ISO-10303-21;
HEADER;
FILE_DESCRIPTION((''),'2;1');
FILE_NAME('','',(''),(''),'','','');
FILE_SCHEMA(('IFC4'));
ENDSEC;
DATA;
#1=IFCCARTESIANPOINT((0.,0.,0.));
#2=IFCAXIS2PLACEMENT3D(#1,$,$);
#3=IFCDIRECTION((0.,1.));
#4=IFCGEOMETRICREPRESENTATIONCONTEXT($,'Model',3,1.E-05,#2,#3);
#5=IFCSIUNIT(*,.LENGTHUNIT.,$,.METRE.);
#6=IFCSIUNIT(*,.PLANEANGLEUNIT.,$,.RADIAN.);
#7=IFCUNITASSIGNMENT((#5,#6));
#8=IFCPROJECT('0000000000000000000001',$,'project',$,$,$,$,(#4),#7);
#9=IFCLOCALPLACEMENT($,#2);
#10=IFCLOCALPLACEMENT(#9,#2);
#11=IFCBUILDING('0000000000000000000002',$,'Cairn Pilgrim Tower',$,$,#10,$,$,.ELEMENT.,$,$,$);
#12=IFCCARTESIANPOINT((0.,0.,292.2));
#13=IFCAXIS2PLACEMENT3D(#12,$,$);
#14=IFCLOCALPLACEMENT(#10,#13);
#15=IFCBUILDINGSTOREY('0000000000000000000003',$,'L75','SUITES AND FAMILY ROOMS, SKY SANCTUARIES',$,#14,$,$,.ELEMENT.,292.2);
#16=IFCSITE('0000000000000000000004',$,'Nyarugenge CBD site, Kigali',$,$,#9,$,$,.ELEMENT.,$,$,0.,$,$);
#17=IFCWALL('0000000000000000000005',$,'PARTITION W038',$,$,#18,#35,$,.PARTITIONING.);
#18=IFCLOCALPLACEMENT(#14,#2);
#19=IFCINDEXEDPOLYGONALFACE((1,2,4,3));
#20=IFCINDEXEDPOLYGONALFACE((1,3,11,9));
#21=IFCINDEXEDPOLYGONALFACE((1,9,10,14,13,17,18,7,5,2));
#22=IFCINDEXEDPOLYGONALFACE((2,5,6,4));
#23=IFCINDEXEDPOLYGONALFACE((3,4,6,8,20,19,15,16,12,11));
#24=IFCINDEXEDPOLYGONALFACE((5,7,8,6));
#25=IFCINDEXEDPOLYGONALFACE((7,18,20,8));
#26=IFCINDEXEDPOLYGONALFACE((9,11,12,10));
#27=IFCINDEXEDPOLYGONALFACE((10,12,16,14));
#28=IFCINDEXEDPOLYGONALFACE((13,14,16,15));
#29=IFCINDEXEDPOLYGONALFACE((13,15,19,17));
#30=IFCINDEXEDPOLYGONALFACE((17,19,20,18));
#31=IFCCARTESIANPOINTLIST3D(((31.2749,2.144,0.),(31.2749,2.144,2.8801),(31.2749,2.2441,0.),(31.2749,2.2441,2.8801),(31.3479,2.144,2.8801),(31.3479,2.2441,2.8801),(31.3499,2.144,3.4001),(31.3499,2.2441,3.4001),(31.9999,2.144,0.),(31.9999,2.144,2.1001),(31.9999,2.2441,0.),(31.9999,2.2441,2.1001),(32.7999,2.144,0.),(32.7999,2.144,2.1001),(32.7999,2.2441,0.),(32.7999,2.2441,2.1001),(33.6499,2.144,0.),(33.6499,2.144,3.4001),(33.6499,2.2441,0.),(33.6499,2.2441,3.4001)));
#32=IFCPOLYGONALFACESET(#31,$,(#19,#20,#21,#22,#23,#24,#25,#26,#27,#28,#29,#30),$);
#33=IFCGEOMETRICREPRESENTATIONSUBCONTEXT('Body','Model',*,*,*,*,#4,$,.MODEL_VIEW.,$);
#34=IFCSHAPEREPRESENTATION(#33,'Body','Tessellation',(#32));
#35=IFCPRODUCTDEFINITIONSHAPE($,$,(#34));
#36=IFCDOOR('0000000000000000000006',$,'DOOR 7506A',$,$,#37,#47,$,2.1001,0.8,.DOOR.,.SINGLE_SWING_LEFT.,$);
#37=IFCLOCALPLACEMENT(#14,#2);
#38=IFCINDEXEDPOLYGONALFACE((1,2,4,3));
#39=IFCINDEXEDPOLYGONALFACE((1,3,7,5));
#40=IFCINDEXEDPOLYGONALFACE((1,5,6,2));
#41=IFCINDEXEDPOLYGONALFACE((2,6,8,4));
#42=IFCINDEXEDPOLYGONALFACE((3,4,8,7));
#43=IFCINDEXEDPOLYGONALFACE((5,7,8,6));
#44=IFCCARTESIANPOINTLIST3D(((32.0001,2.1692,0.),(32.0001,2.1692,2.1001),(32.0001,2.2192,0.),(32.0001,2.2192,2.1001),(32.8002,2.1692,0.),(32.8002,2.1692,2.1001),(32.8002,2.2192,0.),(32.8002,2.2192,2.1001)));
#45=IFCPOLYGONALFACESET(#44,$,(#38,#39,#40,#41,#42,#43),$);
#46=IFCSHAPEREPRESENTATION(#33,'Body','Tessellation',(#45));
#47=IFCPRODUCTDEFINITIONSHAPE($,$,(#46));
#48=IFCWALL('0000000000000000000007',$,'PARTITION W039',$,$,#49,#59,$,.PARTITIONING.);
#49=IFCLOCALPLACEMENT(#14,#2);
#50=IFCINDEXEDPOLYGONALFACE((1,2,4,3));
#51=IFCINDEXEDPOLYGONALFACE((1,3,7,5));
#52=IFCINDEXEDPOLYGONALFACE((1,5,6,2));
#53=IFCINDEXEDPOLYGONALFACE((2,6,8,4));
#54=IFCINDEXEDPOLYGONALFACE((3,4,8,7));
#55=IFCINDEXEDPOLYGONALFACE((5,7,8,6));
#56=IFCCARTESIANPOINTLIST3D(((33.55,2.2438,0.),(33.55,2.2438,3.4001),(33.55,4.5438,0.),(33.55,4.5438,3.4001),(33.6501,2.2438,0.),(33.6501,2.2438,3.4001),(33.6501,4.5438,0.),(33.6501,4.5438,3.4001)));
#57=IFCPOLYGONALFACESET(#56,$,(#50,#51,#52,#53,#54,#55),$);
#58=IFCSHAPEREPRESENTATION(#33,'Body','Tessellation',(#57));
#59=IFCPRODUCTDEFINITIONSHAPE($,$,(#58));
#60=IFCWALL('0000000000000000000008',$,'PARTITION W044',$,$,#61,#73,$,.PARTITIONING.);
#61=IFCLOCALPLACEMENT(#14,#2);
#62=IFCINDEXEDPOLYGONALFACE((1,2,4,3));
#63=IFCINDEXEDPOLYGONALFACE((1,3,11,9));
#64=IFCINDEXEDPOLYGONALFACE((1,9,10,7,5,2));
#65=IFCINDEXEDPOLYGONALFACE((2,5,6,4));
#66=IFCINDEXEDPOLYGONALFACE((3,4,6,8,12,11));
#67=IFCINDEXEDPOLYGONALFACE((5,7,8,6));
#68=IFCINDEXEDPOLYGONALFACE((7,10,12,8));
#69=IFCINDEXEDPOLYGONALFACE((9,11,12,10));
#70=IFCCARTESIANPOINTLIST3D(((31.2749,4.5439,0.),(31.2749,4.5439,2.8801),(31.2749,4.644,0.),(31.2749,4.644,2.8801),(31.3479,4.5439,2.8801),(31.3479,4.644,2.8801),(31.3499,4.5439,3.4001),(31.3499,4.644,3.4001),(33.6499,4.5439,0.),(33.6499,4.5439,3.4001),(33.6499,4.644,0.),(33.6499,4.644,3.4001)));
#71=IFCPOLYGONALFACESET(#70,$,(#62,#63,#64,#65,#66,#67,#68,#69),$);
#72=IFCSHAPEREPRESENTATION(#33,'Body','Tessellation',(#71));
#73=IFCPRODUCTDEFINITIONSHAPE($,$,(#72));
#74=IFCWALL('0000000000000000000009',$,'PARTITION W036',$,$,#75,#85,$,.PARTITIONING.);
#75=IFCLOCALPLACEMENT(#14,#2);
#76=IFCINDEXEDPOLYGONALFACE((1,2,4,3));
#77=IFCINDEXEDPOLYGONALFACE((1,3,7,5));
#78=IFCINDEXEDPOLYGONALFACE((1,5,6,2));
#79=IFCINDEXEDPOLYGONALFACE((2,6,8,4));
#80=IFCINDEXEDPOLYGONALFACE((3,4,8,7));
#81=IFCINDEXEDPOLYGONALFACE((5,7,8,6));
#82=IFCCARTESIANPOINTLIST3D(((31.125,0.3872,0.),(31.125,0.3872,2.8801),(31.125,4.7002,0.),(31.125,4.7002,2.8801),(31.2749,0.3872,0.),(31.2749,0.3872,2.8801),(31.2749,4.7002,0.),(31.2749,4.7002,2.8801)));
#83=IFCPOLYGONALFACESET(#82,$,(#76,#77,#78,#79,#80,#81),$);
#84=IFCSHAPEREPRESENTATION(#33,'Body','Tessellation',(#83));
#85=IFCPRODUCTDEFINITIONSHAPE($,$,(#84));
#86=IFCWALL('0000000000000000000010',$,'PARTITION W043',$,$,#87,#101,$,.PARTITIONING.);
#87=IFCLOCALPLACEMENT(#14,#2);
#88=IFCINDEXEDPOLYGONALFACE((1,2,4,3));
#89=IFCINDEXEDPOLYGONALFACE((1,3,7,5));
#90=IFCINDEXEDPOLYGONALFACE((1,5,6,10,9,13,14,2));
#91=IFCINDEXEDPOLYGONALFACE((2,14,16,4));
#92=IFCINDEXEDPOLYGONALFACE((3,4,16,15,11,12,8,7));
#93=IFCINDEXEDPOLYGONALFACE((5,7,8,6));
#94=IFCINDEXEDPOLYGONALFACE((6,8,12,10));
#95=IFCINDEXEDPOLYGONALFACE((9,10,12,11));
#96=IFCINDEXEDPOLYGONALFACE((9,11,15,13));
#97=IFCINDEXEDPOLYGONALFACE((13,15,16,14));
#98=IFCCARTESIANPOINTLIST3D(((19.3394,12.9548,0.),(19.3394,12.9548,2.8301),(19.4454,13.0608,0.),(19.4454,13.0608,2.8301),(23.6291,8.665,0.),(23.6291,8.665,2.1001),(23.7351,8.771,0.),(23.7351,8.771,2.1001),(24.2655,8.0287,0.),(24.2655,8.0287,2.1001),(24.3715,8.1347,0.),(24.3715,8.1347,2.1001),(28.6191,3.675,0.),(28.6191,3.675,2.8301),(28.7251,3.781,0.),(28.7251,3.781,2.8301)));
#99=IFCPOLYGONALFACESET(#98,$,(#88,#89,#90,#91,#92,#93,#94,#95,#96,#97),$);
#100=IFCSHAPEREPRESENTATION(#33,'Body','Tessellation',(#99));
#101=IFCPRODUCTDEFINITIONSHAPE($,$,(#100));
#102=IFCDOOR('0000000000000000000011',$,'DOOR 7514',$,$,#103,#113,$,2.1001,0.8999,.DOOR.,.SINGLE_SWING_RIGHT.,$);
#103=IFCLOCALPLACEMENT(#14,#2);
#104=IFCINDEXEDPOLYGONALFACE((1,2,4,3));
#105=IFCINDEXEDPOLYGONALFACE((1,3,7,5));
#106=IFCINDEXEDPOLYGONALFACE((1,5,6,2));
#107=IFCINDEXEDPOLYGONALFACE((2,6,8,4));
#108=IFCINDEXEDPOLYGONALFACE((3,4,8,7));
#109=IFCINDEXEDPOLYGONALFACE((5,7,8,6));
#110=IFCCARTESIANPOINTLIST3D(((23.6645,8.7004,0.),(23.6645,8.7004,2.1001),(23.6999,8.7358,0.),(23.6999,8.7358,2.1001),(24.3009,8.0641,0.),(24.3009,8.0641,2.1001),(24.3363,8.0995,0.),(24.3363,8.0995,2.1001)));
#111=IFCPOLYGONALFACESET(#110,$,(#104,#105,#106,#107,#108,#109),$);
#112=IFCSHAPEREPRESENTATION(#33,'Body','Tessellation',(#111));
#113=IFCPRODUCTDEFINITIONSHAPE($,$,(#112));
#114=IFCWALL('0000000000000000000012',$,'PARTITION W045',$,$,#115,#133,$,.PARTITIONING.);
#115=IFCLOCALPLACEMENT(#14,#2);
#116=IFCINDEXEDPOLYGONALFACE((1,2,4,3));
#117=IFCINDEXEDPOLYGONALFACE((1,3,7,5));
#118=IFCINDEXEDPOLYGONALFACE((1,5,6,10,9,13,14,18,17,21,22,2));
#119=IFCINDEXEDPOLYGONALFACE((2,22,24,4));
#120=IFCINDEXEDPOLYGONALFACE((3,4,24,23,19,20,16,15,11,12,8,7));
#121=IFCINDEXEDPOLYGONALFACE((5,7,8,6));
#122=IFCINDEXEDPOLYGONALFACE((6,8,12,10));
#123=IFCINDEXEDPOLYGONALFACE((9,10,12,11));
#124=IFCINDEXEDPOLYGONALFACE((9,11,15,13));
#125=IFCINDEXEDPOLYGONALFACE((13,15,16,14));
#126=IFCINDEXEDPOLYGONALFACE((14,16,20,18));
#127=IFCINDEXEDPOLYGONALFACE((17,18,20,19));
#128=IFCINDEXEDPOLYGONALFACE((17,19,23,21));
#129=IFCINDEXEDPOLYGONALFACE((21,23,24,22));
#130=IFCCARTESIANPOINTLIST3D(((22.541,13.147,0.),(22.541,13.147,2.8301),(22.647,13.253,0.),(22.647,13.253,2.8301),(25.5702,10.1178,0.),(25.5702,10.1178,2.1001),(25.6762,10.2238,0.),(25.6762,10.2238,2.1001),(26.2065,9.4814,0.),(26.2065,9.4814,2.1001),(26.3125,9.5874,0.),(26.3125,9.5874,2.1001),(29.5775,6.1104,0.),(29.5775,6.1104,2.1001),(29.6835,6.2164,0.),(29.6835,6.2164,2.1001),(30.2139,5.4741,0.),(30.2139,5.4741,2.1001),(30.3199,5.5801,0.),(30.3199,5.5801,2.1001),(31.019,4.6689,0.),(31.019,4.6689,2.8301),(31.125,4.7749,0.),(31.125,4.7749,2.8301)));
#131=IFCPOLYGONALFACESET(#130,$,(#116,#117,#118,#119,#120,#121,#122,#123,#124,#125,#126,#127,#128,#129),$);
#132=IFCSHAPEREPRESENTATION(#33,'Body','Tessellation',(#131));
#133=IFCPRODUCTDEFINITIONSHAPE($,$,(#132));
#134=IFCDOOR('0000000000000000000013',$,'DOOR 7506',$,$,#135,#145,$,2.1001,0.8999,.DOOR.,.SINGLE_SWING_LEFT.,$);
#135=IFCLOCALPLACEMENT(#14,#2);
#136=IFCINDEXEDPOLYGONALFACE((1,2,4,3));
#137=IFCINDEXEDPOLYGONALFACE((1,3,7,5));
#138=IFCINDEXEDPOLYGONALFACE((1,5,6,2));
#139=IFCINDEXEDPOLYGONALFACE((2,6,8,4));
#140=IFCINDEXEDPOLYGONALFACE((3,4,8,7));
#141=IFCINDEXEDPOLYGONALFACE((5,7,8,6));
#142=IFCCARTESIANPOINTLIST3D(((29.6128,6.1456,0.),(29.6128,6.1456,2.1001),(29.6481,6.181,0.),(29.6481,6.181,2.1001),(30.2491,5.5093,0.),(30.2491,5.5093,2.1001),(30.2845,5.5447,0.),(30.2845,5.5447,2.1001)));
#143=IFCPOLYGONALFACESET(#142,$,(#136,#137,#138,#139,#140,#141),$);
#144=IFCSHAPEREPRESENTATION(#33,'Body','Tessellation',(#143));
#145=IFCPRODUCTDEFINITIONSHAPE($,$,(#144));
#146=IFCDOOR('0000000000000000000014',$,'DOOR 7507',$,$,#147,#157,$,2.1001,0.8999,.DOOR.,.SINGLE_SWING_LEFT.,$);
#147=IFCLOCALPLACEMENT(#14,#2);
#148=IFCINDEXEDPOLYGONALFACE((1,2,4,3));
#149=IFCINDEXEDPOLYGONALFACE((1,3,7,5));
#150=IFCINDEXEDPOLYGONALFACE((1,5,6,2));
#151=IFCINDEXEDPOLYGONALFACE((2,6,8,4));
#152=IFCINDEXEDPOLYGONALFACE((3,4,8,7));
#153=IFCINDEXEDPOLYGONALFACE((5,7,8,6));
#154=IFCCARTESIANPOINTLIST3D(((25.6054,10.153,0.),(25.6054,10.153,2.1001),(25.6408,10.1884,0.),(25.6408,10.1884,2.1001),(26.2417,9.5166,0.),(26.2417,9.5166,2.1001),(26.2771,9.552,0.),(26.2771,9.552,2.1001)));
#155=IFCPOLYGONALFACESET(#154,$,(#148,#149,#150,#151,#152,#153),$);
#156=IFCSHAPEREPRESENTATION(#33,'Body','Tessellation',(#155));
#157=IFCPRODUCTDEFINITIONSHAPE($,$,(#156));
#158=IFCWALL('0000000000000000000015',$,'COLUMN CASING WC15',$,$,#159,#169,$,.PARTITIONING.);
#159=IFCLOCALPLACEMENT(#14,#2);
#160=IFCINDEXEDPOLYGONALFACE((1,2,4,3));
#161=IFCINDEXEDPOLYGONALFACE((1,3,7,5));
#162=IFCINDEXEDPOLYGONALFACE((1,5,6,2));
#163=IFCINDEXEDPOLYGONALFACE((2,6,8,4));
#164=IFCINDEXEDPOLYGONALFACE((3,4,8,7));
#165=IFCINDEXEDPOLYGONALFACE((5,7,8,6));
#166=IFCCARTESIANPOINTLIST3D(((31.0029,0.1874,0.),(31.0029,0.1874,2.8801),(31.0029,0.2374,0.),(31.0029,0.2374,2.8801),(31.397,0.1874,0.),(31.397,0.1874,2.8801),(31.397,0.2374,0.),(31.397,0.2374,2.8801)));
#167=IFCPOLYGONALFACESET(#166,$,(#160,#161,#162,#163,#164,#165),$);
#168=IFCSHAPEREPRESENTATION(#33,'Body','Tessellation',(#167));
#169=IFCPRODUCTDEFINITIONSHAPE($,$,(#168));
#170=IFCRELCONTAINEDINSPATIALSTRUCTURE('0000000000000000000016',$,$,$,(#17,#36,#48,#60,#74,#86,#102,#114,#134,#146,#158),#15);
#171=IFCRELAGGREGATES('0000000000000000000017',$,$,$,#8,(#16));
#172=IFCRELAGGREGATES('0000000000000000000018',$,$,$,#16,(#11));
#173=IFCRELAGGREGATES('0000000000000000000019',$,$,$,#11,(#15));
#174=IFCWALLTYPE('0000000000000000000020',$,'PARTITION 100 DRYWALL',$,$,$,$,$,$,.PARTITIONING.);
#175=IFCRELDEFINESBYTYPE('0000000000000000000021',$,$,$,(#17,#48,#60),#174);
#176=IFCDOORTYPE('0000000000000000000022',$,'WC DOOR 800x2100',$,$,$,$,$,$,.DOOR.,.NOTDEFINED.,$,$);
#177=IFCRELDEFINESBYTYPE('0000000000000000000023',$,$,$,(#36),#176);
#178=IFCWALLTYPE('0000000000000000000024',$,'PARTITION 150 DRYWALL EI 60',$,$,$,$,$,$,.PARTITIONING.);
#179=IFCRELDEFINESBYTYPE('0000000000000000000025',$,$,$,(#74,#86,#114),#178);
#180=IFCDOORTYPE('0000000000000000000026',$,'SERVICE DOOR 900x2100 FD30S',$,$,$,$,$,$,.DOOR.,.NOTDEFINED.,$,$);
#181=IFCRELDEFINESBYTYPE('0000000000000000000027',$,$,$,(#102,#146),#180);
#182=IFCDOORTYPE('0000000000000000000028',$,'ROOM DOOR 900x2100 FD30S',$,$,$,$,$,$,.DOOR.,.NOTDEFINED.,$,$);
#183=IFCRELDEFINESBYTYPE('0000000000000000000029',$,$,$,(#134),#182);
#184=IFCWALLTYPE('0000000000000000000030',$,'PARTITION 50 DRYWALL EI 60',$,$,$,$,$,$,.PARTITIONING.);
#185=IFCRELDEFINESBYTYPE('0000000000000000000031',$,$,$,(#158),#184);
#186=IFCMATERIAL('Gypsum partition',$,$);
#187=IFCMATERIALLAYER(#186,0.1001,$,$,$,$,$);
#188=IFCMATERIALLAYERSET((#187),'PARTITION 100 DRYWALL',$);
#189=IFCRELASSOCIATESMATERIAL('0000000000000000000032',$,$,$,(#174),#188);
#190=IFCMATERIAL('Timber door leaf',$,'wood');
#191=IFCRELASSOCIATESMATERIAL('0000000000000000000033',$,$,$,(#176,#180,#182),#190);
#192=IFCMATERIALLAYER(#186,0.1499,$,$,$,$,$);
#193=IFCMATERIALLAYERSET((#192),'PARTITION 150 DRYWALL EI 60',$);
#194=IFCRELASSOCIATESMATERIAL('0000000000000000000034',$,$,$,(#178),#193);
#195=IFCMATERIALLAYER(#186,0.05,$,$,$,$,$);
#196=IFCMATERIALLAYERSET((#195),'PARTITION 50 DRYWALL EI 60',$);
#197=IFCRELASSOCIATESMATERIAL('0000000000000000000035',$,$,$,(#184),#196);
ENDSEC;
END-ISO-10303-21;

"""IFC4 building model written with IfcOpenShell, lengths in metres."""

from ifc_helpers import new_model, si_unit, direction, frame, frame_2d, origin, place, context, subcontext, project, spatial, polyline, rectangle, outline, extrude, material, layer, layer_set, type_object, element, fill, save


model = new_model("IFC4")

# Units and contexts
model_context = context("Model", 3, precision=1e-05, world=origin(), true_north=direction((0.0, 1.0)))
body_context = subcontext(model_context, "Body", "Model", "MODEL_VIEW")
ifc_project = project(units=[si_unit("LENGTHUNIT", "METRE"), si_unit("PLANEANGLEUNIT", "RADIAN")], contexts=[model_context])

# Site, building, storey
site_placement = place(None, origin())
site = spatial("IfcSite", under=ifc_project, at=site_placement, Name="Nyarugenge CBD site, Kigali", CompositionType="ELEMENT", RefElevation=0.0)
building_placement = place(site_placement, origin())
building = spatial("IfcBuilding", under=site, at=building_placement, Name="Cairn Pilgrim Tower", CompositionType="ELEMENT")
storey_placement = place(building_placement, frame((0.0, 0.0, 292.2)))
storey = spatial("IfcBuildingStorey", under=building, at=storey_placement, Name="L75", Description="SUITES AND FAMILY ROOMS, SKY SANCTUARIES", CompositionType="ELEMENT", Elevation=292.2)

# Wall, opening, door
ifc_material_1 = material(Name="Gypsum partition")
ifc_layer_1 = layer(ifc_material_1, 0.1001)
ifc_layer_set_1 = layer_set([ifc_layer_1], Name="PARTITION 100 DRYWALL")
wall_type_1 = type_object("IfcWallType", Name="PARTITION 100 DRYWALL", PredefinedType="PARTITIONING", material=ifc_layer_set_1)
wall_1_placement = place(storey_placement, frame((31.2749, 2.1941, 0.0), z_axis=(0.0, 0.0, 1.0), x_axis=(1.0, 0.0, 0.0)))
wall_1 = element("IfcWall", 1, at=wall_1_placement, inside=storey, type_object=wall_type_1, Name="PARTITION W038", PredefinedType="PARTITIONING", context=body_context, shape_type="SweptSolid", body=[
    extrude(outline(polyline([(0.0, 0.0), (2.375, 0.0), (2.375, 3.4001), (0.075, 3.4001), (0.073, 2.8801), (0.0, 2.8801), (0.0, 0.0)])), frame((0.0, 0.05, 0.0), z_axis=(0.0, -1.0, 0.0), x_axis=(1.0, 0.0, 0.0)), (0.0, 0.0, 1.0), 0.1001),
])
opening_1_placement = place(wall_1_placement, frame((0.7251, 0.0, 0.0)))
opening_1 = element("IfcOpeningElement", 2, at=opening_1_placement, cuts=wall_1, PredefinedType="OPENING", context=body_context, shape_type="SweptSolid", body=[
    extrude(rectangle(XDim=0.8, YDim=2.1001, at=frame_2d((0.3999, 1.05))), frame((0.0, 0.0601, 0.0), z_axis=(0.0, -1.0, 0.0), x_axis=(1.0, 0.0, 0.0)), (0.0, 0.0, 1.0), 0.1201),
])
ifc_material_2 = material(Name="Timber door leaf", Category="wood")
door_type_1 = type_object("IfcDoorType", Name="WC DOOR 800x2100", OperationType="NOTDEFINED", PredefinedType="DOOR", material=ifc_material_2)
door_1_placement = place(opening_1_placement, frame((0.8, 0.0, 0.0), z_axis=(0.0, 0.0, 1.0), x_axis=(-1.0, 0.0, 0.0)))
door_1 = element("IfcDoor", 3, at=door_1_placement, inside=storey, type_object=door_type_1, Name="DOOR 7506A", OperationType="SINGLE_SWING_LEFT", OverallHeight=2.1001, OverallWidth=0.8, PredefinedType="DOOR", context=body_context, shape_type="SweptSolid", body=[
    extrude(rectangle(XDim=0.8, YDim=2.1001, at=frame_2d((0.3999, 1.05))), frame((0.0, 0.0249, 0.0), z_axis=(0.0, -1.0, 0.0), x_axis=(1.0, 0.0, 0.0)), (0.0, 0.0, 1.0), 0.05),
])
fill(opening_1, door_1)

# Walls
wall_2_placement = place(storey_placement, frame((33.6001, 2.2439, 0.0), z_axis=(0.0, 0.0, 1.0), x_axis=(0.0, 1.0, 0.0)))
element("IfcWall", 4, at=wall_2_placement, inside=storey, type_object=wall_type_1, Name="PARTITION W039", PredefinedType="PARTITIONING", context=body_context, shape_type="SweptSolid", body=[
    extrude(rectangle(XDim=2.3, YDim=0.1001, at=frame_2d((1.1499, 0.0))), origin(), (0.0, 0.0, 1.0), 3.4001),
])
wall_3_placement = place(storey_placement, frame((31.2749, 4.594, 0.0), z_axis=(0.0, 0.0, 1.0), x_axis=(1.0, 0.0, 0.0)))
element("IfcWall", 5, at=wall_3_placement, inside=storey, type_object=wall_type_1, Name="PARTITION W044", PredefinedType="PARTITIONING", context=body_context, shape_type="SweptSolid", body=[
    extrude(outline(polyline([(0.0, 0.0), (2.375, 0.0), (2.375, 3.4001), (0.075, 3.4001), (0.073, 2.8801), (0.0, 2.8801), (0.0, 0.0)])), frame((0.0, 0.05, 0.0), z_axis=(0.0, -1.0, 0.0), x_axis=(1.0, 0.0, 0.0)), (0.0, 0.0, 1.0), 0.1001),
])
ifc_layer_2 = layer(ifc_material_1, 0.1499)
ifc_layer_set_2 = layer_set([ifc_layer_2], Name="PARTITION 150 DRYWALL EI 60")
wall_type_2 = type_object("IfcWallType", Name="PARTITION 150 DRYWALL EI 60", PredefinedType="PARTITIONING", material=ifc_layer_set_2)
wall_4_placement = place(storey_placement, frame((31.2, 0.3872, 0.0), z_axis=(0.0, 0.0, 1.0), x_axis=(0.0, 1.0, 0.0)))
element("IfcWall", 6, at=wall_4_placement, inside=storey, type_object=wall_type_2, Name="PARTITION W036", PredefinedType="PARTITIONING", context=body_context, shape_type="SweptSolid", body=[
    extrude(rectangle(XDim=4.313, YDim=0.1499, at=frame_2d((2.1565, 0.0))), origin(), (0.0, 0.0, 1.0), 2.8801),
])

# Wall, opening, door
wall_5_placement = place(storey_placement, frame((28.6721, 3.728, 0.0), z_axis=(0.0, 0.0, 1.0), x_axis=(-0.707107, 0.707107, 0.0)))
wall_5 = element("IfcWall", 7, at=wall_5_placement, inside=storey, type_object=wall_type_2, Name="PARTITION W043", PredefinedType="PARTITIONING", context=body_context, shape_type="SweptSolid", body=[
    extrude(rectangle(XDim=13.1235, YDim=0.1499, at=frame_2d((6.5618, 0.0))), origin(), (0.0, 0.0, 1.0), 2.8301),
])
opening_2_placement = place(wall_5_placement, frame((6.157, 0.0, 0.0)))
opening_2 = element("IfcOpeningElement", 8, at=opening_2_placement, cuts=wall_5, PredefinedType="OPENING", context=body_context, shape_type="SweptSolid", body=[
    extrude(rectangle(XDim=0.8999, YDim=2.1001, at=frame_2d((0.45, 1.05))), frame((0.0, 0.085, 0.0), z_axis=(0.0, -1.0, 0.0), x_axis=(1.0, 0.0, 0.0)), (0.0, 0.0, 1.0), 0.1699),
])
door_type_2 = type_object("IfcDoorType", Name="SERVICE DOOR 900x2100 FD30S", OperationType="NOTDEFINED", PredefinedType="DOOR", material=ifc_material_2)
door_2_placement = place(opening_2_placement, origin())
door_2 = element("IfcDoor", 9, at=door_2_placement, inside=storey, type_object=door_type_2, Name="DOOR 7514", OperationType="SINGLE_SWING_RIGHT", OverallHeight=2.1001, OverallWidth=0.8999, PredefinedType="DOOR", context=body_context, shape_type="SweptSolid", body=[
    extrude(rectangle(XDim=0.8999, YDim=2.1001, at=frame_2d((0.45, 1.05))), frame((0.0, 0.0249, 0.0), z_axis=(0.0, -1.0, 0.0), x_axis=(1.0, 0.0, 0.0)), (0.0, 0.0, 1.0), 0.05),
])
fill(opening_2, door_2)

# Wall, openings, doors
wall_6_placement = place(storey_placement, frame((31.072, 4.7219, 0.0), z_axis=(0.0, 0.0, 1.0), x_axis=(-0.707107, 0.707107, 0.0)))
wall_6 = element("IfcWall", 10, at=wall_6_placement, inside=storey, type_object=wall_type_2, Name="PARTITION W045", PredefinedType="PARTITIONING", context=body_context, shape_type="SweptSolid", body=[
    extrude(rectangle(XDim=11.9897, YDim=0.1499, at=frame_2d((5.9949, 0.0))), origin(), (0.0, 0.0, 1.0), 2.8301),
])
opening_3_placement = place(wall_6_placement, frame((1.1387, 0.0, 0.0)))
opening_3 = element("IfcOpeningElement", 11, at=opening_3_placement, cuts=wall_6, PredefinedType="OPENING", context=body_context, shape_type="SweptSolid", body=[
    extrude(rectangle(XDim=0.8999, YDim=2.1001, at=frame_2d((0.45, 1.05))), frame((0.0, 0.085, 0.0), z_axis=(0.0, -1.0, 0.0), x_axis=(1.0, 0.0, 0.0)), (0.0, 0.0, 1.0), 0.1699),
])
opening_4_placement = place(wall_6_placement, frame((6.8059, 0.0, 0.0)))
opening_4 = element("IfcOpeningElement", 12, at=opening_4_placement, cuts=wall_6, PredefinedType="OPENING", context=body_context, shape_type="SweptSolid", body=[
    extrude(rectangle(XDim=0.8999, YDim=2.1001, at=frame_2d((0.45, 1.05))), frame((0.0, 0.085, 0.0), z_axis=(0.0, -1.0, 0.0), x_axis=(1.0, 0.0, 0.0)), (0.0, 0.0, 1.0), 0.1699),
])
door_type_3 = type_object("IfcDoorType", Name="ROOM DOOR 900x2100 FD30S", OperationType="NOTDEFINED", PredefinedType="DOOR", material=ifc_material_2)
door_3_placement = place(opening_3_placement, frame((0.8999, 0.0, 0.0), z_axis=(0.0, 0.0, 1.0), x_axis=(-1.0, 0.0, 0.0)))
door_3 = element("IfcDoor", 13, at=door_3_placement, inside=storey, type_object=door_type_3, Name="DOOR 7506", OperationType="SINGLE_SWING_LEFT", OverallHeight=2.1001, OverallWidth=0.8999, PredefinedType="DOOR", context=body_context, shape_type="SweptSolid", body=[
    extrude(rectangle(XDim=0.8999, YDim=2.1001, at=frame_2d((0.45, 1.05))), frame((0.0, 0.0249, 0.0), z_axis=(0.0, -1.0, 0.0), x_axis=(1.0, 0.0, 0.0)), (0.0, 0.0, 1.0), 0.05),
])
fill(opening_3, door_3)
door_4_placement = place(opening_4_placement, frame((0.8999, 0.0, 0.0), z_axis=(0.0, 0.0, 1.0), x_axis=(-1.0, 0.0, 0.0)))
door_4 = element("IfcDoor", 14, at=door_4_placement, inside=storey, type_object=door_type_2, Name="DOOR 7507", OperationType="SINGLE_SWING_LEFT", OverallHeight=2.1001, OverallWidth=0.8999, PredefinedType="DOOR", context=body_context, shape_type="SweptSolid", body=[
    extrude(rectangle(XDim=0.8999, YDim=2.1001, at=frame_2d((0.45, 1.05))), frame((0.0, 0.0249, 0.0), z_axis=(0.0, -1.0, 0.0), x_axis=(1.0, 0.0, 0.0)), (0.0, 0.0, 1.0), 0.05),
])
fill(opening_4, door_4)

# Wall
ifc_layer_3 = layer(ifc_material_1, 0.05)
ifc_layer_set_3 = layer_set([ifc_layer_3], Name="PARTITION 50 DRYWALL EI 60")
wall_type_3 = type_object("IfcWallType", Name="PARTITION 50 DRYWALL EI 60", PredefinedType="PARTITIONING", material=ifc_layer_set_3)
wall_7_placement = place(storey_placement, frame((31.0029, 0.2124, 0.0), z_axis=(0.0, 0.0, 1.0), x_axis=(1.0, 0.0, 0.0)))
element("IfcWall", 15, at=wall_7_placement, inside=storey, type_object=wall_type_3, Name="COLUMN CASING WC15", PredefinedType="PARTITIONING", context=body_context, shape_type="SweptSolid", body=[
    extrude(rectangle(XDim=0.394, YDim=0.05, at=frame_2d((0.197, 0.0))), origin(), (0.0, 0.0, 1.0), 2.8801),
])

save(model, "model.ifc")
